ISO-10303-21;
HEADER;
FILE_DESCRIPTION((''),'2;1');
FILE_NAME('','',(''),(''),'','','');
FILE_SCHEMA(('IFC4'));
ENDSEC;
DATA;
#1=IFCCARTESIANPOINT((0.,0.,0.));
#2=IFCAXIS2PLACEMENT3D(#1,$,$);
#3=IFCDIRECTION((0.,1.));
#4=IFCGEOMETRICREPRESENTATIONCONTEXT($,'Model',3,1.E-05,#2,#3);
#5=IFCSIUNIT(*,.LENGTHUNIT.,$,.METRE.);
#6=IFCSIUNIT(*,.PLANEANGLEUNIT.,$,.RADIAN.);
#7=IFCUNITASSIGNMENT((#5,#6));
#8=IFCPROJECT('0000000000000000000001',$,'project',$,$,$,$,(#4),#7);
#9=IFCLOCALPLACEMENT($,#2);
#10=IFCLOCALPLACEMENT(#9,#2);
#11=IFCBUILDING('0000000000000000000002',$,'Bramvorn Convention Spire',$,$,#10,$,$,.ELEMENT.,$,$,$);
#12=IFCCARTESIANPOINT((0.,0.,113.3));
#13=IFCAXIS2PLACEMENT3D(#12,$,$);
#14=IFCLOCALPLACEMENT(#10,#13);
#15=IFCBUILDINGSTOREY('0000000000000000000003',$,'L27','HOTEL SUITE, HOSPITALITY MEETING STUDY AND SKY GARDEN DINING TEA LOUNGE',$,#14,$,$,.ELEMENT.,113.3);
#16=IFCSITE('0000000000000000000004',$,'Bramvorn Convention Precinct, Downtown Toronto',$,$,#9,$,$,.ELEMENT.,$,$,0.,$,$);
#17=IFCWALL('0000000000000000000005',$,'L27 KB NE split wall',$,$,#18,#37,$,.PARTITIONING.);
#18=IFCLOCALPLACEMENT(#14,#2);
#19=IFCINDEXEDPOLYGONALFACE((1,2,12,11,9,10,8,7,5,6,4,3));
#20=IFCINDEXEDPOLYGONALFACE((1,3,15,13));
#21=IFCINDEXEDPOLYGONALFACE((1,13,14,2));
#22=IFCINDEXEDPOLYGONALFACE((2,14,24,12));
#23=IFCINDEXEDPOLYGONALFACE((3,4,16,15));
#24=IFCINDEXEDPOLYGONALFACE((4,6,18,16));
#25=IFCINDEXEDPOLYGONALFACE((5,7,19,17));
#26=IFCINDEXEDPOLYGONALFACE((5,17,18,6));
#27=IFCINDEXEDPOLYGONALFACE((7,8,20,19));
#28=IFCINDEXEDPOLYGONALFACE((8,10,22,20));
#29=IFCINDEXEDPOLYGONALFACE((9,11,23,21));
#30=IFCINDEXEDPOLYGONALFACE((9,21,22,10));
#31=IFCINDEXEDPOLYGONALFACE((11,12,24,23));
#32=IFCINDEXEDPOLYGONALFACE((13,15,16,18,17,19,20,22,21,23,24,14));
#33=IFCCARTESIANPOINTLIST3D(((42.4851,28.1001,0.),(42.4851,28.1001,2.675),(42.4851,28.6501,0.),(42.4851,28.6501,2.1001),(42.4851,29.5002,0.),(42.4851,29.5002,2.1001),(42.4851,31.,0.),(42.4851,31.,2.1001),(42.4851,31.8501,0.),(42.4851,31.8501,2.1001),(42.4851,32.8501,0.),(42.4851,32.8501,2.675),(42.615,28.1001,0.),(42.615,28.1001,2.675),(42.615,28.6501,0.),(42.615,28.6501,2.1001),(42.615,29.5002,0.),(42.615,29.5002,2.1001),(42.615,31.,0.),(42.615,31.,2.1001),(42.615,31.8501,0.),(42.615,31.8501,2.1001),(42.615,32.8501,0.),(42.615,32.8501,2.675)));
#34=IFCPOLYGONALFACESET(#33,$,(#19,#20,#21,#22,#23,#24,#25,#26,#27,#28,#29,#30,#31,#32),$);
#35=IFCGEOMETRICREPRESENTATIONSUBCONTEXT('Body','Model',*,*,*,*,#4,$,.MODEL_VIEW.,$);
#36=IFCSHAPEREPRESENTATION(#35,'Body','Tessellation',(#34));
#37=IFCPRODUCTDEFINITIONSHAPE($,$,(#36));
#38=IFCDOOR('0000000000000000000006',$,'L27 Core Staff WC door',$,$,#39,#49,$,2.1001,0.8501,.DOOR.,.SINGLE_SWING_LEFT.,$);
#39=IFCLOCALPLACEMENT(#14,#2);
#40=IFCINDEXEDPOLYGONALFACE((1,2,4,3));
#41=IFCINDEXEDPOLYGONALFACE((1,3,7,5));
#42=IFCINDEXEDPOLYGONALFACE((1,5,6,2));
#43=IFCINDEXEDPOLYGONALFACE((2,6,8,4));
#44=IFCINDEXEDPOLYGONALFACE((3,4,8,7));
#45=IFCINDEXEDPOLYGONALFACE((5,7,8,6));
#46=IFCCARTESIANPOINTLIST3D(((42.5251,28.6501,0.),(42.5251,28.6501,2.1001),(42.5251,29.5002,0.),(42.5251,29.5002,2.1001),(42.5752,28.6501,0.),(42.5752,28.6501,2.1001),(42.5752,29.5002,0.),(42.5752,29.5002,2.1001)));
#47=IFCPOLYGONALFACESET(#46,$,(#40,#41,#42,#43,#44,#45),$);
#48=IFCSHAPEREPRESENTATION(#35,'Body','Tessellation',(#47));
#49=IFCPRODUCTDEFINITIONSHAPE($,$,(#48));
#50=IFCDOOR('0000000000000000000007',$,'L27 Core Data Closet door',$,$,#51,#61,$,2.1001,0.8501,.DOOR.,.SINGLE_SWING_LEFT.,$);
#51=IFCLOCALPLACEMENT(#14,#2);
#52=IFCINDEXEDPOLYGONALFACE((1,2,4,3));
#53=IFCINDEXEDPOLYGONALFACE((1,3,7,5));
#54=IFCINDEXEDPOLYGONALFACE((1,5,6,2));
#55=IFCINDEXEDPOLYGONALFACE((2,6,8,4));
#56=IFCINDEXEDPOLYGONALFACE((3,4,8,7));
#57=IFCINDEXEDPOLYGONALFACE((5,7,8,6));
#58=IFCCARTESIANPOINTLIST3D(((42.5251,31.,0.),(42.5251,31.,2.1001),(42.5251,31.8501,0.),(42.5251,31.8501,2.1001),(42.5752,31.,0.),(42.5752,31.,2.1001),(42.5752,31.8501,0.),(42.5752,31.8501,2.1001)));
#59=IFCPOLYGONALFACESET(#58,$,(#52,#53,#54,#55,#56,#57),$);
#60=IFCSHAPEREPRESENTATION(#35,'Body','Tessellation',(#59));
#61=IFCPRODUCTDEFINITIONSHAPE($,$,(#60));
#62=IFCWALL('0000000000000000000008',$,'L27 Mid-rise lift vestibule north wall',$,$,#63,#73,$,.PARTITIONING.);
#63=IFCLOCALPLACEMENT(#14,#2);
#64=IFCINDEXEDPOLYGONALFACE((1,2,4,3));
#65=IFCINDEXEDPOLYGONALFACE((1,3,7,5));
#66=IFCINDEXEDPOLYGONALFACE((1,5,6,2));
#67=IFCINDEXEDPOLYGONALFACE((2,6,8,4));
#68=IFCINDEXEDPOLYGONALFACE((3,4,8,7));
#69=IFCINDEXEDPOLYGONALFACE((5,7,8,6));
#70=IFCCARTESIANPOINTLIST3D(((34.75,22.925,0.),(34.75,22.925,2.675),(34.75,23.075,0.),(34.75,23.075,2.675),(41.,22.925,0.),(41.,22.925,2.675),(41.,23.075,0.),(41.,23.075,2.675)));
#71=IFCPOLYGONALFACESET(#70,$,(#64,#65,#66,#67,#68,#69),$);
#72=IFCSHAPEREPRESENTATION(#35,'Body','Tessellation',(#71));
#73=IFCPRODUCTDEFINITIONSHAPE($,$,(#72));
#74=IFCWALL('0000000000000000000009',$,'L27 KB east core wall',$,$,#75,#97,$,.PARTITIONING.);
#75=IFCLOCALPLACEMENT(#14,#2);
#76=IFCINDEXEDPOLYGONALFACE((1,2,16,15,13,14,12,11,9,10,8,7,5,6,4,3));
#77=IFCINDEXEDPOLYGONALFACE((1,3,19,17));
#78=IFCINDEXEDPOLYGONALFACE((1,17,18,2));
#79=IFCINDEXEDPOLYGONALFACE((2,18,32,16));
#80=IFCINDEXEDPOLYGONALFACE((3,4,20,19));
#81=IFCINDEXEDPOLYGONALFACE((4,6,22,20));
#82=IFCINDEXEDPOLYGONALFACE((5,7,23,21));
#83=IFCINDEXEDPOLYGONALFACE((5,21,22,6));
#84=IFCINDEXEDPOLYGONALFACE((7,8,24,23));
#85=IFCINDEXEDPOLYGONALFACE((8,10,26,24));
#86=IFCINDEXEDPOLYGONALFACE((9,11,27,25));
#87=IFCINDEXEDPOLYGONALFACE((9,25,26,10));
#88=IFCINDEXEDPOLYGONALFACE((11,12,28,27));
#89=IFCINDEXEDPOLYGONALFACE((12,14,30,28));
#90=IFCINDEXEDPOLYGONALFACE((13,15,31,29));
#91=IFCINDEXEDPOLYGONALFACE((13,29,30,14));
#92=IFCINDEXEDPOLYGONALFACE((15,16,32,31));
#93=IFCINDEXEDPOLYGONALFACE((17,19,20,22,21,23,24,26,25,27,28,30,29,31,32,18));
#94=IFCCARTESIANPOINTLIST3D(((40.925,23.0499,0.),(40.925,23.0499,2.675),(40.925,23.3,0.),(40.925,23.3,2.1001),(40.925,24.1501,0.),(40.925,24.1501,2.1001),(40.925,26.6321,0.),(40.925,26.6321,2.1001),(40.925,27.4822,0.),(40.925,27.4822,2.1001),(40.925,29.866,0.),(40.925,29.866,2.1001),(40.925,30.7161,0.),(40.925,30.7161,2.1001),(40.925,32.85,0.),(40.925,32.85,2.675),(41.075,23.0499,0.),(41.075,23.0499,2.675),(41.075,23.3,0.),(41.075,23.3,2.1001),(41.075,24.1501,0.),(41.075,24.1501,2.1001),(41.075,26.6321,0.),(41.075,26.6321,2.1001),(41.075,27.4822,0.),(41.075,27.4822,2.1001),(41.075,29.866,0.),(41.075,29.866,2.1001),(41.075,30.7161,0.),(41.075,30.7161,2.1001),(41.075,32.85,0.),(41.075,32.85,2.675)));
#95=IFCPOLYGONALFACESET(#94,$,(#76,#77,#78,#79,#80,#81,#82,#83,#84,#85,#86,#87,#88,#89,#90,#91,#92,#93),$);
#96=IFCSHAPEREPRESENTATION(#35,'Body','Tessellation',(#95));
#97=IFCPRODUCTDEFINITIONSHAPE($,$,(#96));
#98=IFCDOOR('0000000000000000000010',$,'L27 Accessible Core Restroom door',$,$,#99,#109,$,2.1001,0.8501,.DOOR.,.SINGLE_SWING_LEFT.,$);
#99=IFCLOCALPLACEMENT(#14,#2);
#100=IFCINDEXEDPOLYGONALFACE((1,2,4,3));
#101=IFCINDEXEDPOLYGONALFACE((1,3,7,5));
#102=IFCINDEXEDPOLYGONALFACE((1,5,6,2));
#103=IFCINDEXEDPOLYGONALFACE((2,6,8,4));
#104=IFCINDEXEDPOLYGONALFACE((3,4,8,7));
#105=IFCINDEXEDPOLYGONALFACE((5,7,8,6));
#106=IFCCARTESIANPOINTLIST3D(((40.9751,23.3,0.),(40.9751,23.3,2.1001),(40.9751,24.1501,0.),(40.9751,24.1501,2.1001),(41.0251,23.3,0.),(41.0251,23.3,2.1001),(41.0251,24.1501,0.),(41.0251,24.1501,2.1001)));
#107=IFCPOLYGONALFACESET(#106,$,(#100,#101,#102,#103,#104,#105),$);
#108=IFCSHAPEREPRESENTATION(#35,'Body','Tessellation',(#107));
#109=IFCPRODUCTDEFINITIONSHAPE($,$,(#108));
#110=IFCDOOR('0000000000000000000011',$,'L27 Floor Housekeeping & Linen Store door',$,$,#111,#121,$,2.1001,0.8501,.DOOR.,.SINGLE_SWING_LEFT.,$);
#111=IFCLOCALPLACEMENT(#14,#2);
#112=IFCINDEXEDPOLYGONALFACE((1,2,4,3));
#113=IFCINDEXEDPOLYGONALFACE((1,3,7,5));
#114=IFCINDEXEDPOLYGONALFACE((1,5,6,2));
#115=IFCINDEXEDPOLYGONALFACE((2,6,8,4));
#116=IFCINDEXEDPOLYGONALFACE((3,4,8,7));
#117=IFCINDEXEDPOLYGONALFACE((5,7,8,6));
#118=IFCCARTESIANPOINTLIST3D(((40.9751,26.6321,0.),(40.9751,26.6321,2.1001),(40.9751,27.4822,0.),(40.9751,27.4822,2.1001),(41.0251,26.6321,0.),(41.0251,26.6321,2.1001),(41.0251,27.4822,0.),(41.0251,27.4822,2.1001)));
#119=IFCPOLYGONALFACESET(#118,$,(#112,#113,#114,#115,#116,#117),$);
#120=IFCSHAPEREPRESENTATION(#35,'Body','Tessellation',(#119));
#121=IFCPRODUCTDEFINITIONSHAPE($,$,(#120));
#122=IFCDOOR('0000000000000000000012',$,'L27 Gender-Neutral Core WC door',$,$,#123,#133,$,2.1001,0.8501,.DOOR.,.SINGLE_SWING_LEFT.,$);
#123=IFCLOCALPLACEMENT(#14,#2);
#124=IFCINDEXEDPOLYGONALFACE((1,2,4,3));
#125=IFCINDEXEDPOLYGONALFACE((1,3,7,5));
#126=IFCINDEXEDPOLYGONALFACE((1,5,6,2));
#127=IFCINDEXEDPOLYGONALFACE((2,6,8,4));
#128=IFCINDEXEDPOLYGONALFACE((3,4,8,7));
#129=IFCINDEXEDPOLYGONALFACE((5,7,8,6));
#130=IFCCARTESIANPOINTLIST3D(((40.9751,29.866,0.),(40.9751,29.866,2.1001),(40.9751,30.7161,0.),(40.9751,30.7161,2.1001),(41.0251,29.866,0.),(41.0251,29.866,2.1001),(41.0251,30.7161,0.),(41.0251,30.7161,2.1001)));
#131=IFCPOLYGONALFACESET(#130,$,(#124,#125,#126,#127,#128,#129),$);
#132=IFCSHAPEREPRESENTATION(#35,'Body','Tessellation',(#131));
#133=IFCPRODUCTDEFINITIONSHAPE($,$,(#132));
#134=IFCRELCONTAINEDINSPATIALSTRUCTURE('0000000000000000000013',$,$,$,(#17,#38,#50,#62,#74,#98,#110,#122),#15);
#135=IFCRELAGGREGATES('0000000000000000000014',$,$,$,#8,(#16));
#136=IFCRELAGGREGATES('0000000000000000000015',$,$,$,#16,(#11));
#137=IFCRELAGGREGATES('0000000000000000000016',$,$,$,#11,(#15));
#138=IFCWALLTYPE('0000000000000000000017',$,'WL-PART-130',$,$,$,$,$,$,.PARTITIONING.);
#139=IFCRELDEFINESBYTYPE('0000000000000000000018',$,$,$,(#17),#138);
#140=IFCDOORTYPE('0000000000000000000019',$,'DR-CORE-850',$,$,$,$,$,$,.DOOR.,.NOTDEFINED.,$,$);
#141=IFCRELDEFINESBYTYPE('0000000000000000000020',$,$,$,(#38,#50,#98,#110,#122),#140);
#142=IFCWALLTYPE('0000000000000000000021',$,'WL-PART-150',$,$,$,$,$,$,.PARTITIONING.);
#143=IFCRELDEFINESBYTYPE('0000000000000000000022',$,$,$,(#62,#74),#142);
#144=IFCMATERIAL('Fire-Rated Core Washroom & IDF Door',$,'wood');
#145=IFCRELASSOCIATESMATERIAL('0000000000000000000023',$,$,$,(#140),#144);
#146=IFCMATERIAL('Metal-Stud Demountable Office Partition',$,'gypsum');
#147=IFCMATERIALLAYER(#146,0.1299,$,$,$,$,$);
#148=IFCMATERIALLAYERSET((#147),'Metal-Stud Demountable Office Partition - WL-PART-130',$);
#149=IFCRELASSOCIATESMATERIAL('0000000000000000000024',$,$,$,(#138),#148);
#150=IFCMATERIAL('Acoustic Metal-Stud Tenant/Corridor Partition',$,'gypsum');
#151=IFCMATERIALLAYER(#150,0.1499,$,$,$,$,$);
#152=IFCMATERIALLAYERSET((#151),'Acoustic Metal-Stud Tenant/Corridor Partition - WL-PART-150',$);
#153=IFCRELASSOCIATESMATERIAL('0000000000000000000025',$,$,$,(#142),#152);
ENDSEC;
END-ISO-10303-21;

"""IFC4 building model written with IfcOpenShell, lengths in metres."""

from ifc_helpers import new_model, si_unit, direction, frame, frame_2d, origin, place, context, subcontext, project, spatial, rectangle, extrude, material, layer, layer_set, type_object, element, fill, save


model = new_model("IFC4")

# Units and contexts
model_context = context("Model", 3, precision=1e-05, world=origin(), true_north=direction((0.0, 1.0)))
body_context = subcontext(model_context, "Body", "Model", "MODEL_VIEW")
ifc_project = project(units=[si_unit("LENGTHUNIT", "METRE"), si_unit("PLANEANGLEUNIT", "RADIAN")], contexts=[model_context])

# Site, building, storey
site_placement = place(None, origin())
site = spatial("IfcSite", under=ifc_project, at=site_placement, Name="Bramvorn Convention Precinct, Downtown Toronto", CompositionType="ELEMENT", RefElevation=0.0)
building_placement = place(site_placement, origin())
building = spatial("IfcBuilding", under=site, at=building_placement, Name="Bramvorn Convention Spire", CompositionType="ELEMENT")
storey_placement = place(building_placement, frame((0.0, 0.0, 113.3)))
storey = spatial("IfcBuildingStorey", under=building, at=storey_placement, Name="L27", Description="HOTEL SUITE, HOSPITALITY MEETING STUDY AND SKY GARDEN DINING TEA LOUNGE", CompositionType="ELEMENT", Elevation=113.3)

# Shared definitions
ifc_material_1 = material(Name="Fire-Rated Core Washroom & IDF Door", Category="wood")
door_type_1 = type_object("IfcDoorType", Name="DR-CORE-850", OperationType="NOTDEFINED", PredefinedType="DOOR", material=ifc_material_1)

# Wall, openings, doors
ifc_material_2 = material(Name="Metal-Stud Demountable Office Partition", Category="gypsum")
ifc_layer_1 = layer(ifc_material_2, 0.1299)
ifc_layer_set_1 = layer_set([ifc_layer_1], Name="Metal-Stud Demountable Office Partition - WL-PART-130")
wall_type_1 = type_object("IfcWallType", Name="WL-PART-130", PredefinedType="PARTITIONING", material=ifc_layer_set_1)
wall_1_placement = place(storey_placement, frame((42.55, 28.1001, 0.0), z_axis=(0.0, 0.0, 1.0), x_axis=(0.0, 1.0, 0.0)))
wall_1 = element("IfcWall", 1, at=wall_1_placement, inside=storey, type_object=wall_type_1, Name="L27 KB NE split wall", PredefinedType="PARTITIONING", context=body_context, shape_type="SweptSolid", body=[
    extrude(rectangle(XDim=4.75, YDim=0.1299, at=frame_2d((2.375, 0.0))), origin(), (0.0, 0.0, 1.0), 2.675),
])
opening_1_placement = place(wall_1_placement, frame((0.55, 0.0, 0.0)))
opening_1 = element("IfcOpeningElement", 2, at=opening_1_placement, cuts=wall_1, PredefinedType="OPENING", context=body_context, shape_type="SweptSolid", body=[
    extrude(rectangle(XDim=0.8501, YDim=2.1001, at=frame_2d((0.425, 1.05))), frame((0.0, 0.075, 0.0), z_axis=(0.0, -1.0, 0.0), x_axis=(1.0, 0.0, 0.0)), (0.0, 0.0, 1.0), 0.1499),
])
opening_2_placement = place(wall_1_placement, frame((2.8999, 0.0, 0.0)))
opening_2 = element("IfcOpeningElement", 3, at=opening_2_placement, cuts=wall_1, PredefinedType="OPENING", context=body_context, shape_type="SweptSolid", body=[
    extrude(rectangle(XDim=0.8501, YDim=2.1001, at=frame_2d((0.425, 1.05))), frame((0.0, 0.075, 0.0), z_axis=(0.0, -1.0, 0.0), x_axis=(1.0, 0.0, 0.0)), (0.0, 0.0, 1.0), 0.1499),
])
door_1_placement = place(opening_1_placement, origin())
door_1 = element("IfcDoor", 4, at=door_1_placement, inside=storey, type_object=door_type_1, Name="L27 Core Staff WC door", OperationType="SINGLE_SWING_LEFT", OverallHeight=2.1001, OverallWidth=0.8501, PredefinedType="DOOR", context=body_context, shape_type="SweptSolid", body=[
    extrude(rectangle(XDim=0.8501, YDim=2.1001, at=frame_2d((0.425, 1.05))), frame((0.0, 0.0249, 0.0), z_axis=(0.0, -1.0, 0.0), x_axis=(1.0, 0.0, 0.0)), (0.0, 0.0, 1.0), 0.05),
])
fill(opening_1, door_1)
door_2_placement = place(opening_2_placement, origin())
door_2 = element("IfcDoor", 5, at=door_2_placement, inside=storey, type_object=door_type_1, Name="L27 Core Data Closet door", OperationType="SINGLE_SWING_LEFT", OverallHeight=2.1001, OverallWidth=0.8501, PredefinedType="DOOR", context=body_context, shape_type="SweptSolid", body=[
    extrude(rectangle(XDim=0.8501, YDim=2.1001, at=frame_2d((0.425, 1.05))), frame((0.0, 0.0249, 0.0), z_axis=(0.0, -1.0, 0.0), x_axis=(1.0, 0.0, 0.0)), (0.0, 0.0, 1.0), 0.05),
])
fill(opening_2, door_2)

# Wall
ifc_material_3 = material(Name="Acoustic Metal-Stud Tenant/Corridor Partition", Category="gypsum")
ifc_layer_2 = layer(ifc_material_3, 0.1499)
ifc_layer_set_2 = layer_set([ifc_layer_2], Name="Acoustic Metal-Stud Tenant/Corridor Partition - WL-PART-150")
wall_type_2 = type_object("IfcWallType", Name="WL-PART-150", PredefinedType="PARTITIONING", material=ifc_layer_set_2)
wall_2_placement = place(storey_placement, frame((34.75, 23.0, 0.0), z_axis=(0.0, 0.0, 1.0), x_axis=(1.0, 0.0, 0.0)))
element("IfcWall", 6, at=wall_2_placement, inside=storey, type_object=wall_type_2, Name="L27 Mid-rise lift vestibule north wall", PredefinedType="PARTITIONING", context=body_context, shape_type="SweptSolid", body=[
    extrude(rectangle(XDim=6.25, YDim=0.1499, at=frame_2d((3.125, 0.0))), origin(), (0.0, 0.0, 1.0), 2.675),
])

# Wall, openings, doors
wall_3_placement = place(storey_placement, frame((41.0, 23.05, 0.0), z_axis=(0.0, 0.0, 1.0), x_axis=(0.0, 1.0, 0.0)))
wall_3 = element("IfcWall", 7, at=wall_3_placement, inside=storey, type_object=wall_type_2, Name="L27 KB east core wall", PredefinedType="PARTITIONING", context=body_context, shape_type="SweptSolid", body=[
    extrude(rectangle(XDim=9.8, YDim=0.1499, at=frame_2d((4.8999, 0.0))), origin(), (0.0, 0.0, 1.0), 2.675),
])
opening_3_placement = place(wall_3_placement, frame((0.25, 0.0, 0.0)))
opening_3 = element("IfcOpeningElement", 8, at=opening_3_placement, cuts=wall_3, PredefinedType="OPENING", context=body_context, shape_type="SweptSolid", body=[
    extrude(rectangle(XDim=0.8501, YDim=2.1001, at=frame_2d((0.425, 1.05))), frame((0.0, 0.085, 0.0), z_axis=(0.0, -1.0, 0.0), x_axis=(1.0, 0.0, 0.0)), (0.0, 0.0, 1.0), 0.1699),
])
opening_4_placement = place(wall_3_placement, frame((3.582, 0.0, 0.0)))
opening_4 = element("IfcOpeningElement", 9, at=opening_4_placement, cuts=wall_3, PredefinedType="OPENING", context=body_context, shape_type="SweptSolid", body=[
    extrude(rectangle(XDim=0.8501, YDim=2.1001, at=frame_2d((0.425, 1.05))), frame((0.0, 0.085, 0.0), z_axis=(0.0, -1.0, 0.0), x_axis=(1.0, 0.0, 0.0)), (0.0, 0.0, 1.0), 0.1699),
])
opening_5_placement = place(wall_3_placement, frame((6.8159, 0.0, 0.0)))
opening_5 = element("IfcOpeningElement", 10, at=opening_5_placement, cuts=wall_3, PredefinedType="OPENING", context=body_context, shape_type="SweptSolid", body=[
    extrude(rectangle(XDim=0.8501, YDim=2.1001, at=frame_2d((0.425, 1.05))), frame((0.0, 0.085, 0.0), z_axis=(0.0, -1.0, 0.0), x_axis=(1.0, 0.0, 0.0)), (0.0, 0.0, 1.0), 0.1699),
])
door_3_placement = place(opening_3_placement, origin())
door_3 = element("IfcDoor", 11, at=door_3_placement, inside=storey, type_object=door_type_1, Name="L27 Accessible Core Restroom door", OperationType="SINGLE_SWING_LEFT", OverallHeight=2.1001, OverallWidth=0.8501, PredefinedType="DOOR", context=body_context, shape_type="SweptSolid", body=[
    extrude(rectangle(XDim=0.8501, YDim=2.1001, at=frame_2d((0.425, 1.05))), frame((0.0, 0.0249, 0.0), z_axis=(0.0, -1.0, 0.0), x_axis=(1.0, 0.0, 0.0)), (0.0, 0.0, 1.0), 0.05),
])
fill(opening_3, door_3)
door_4_placement = place(opening_4_placement, origin())
door_4 = element("IfcDoor", 12, at=door_4_placement, inside=storey, type_object=door_type_1, Name="L27 Floor Housekeeping & Linen Store door", OperationType="SINGLE_SWING_LEFT", OverallHeight=2.1001, OverallWidth=0.8501, PredefinedType="DOOR", context=body_context, shape_type="SweptSolid", body=[
    extrude(rectangle(XDim=0.8501, YDim=2.1001, at=frame_2d((0.425, 1.05))), frame((0.0, 0.0249, 0.0), z_axis=(0.0, -1.0, 0.0), x_axis=(1.0, 0.0, 0.0)), (0.0, 0.0, 1.0), 0.05),
])
fill(opening_4, door_4)
door_5_placement = place(opening_5_placement, origin())
door_5 = element("IfcDoor", 13, at=door_5_placement, inside=storey, type_object=door_type_1, Name="L27 Gender-Neutral Core WC door", OperationType="SINGLE_SWING_LEFT", OverallHeight=2.1001, OverallWidth=0.8501, PredefinedType="DOOR", context=body_context, shape_type="SweptSolid", body=[
    extrude(rectangle(XDim=0.8501, YDim=2.1001, at=frame_2d((0.425, 1.05))), frame((0.0, 0.0249, 0.0), z_axis=(0.0, -1.0, 0.0), x_axis=(1.0, 0.0, 0.0)), (0.0, 0.0, 1.0), 0.05),
])
fill(opening_5, door_5)

save(model, "model.ifc")
